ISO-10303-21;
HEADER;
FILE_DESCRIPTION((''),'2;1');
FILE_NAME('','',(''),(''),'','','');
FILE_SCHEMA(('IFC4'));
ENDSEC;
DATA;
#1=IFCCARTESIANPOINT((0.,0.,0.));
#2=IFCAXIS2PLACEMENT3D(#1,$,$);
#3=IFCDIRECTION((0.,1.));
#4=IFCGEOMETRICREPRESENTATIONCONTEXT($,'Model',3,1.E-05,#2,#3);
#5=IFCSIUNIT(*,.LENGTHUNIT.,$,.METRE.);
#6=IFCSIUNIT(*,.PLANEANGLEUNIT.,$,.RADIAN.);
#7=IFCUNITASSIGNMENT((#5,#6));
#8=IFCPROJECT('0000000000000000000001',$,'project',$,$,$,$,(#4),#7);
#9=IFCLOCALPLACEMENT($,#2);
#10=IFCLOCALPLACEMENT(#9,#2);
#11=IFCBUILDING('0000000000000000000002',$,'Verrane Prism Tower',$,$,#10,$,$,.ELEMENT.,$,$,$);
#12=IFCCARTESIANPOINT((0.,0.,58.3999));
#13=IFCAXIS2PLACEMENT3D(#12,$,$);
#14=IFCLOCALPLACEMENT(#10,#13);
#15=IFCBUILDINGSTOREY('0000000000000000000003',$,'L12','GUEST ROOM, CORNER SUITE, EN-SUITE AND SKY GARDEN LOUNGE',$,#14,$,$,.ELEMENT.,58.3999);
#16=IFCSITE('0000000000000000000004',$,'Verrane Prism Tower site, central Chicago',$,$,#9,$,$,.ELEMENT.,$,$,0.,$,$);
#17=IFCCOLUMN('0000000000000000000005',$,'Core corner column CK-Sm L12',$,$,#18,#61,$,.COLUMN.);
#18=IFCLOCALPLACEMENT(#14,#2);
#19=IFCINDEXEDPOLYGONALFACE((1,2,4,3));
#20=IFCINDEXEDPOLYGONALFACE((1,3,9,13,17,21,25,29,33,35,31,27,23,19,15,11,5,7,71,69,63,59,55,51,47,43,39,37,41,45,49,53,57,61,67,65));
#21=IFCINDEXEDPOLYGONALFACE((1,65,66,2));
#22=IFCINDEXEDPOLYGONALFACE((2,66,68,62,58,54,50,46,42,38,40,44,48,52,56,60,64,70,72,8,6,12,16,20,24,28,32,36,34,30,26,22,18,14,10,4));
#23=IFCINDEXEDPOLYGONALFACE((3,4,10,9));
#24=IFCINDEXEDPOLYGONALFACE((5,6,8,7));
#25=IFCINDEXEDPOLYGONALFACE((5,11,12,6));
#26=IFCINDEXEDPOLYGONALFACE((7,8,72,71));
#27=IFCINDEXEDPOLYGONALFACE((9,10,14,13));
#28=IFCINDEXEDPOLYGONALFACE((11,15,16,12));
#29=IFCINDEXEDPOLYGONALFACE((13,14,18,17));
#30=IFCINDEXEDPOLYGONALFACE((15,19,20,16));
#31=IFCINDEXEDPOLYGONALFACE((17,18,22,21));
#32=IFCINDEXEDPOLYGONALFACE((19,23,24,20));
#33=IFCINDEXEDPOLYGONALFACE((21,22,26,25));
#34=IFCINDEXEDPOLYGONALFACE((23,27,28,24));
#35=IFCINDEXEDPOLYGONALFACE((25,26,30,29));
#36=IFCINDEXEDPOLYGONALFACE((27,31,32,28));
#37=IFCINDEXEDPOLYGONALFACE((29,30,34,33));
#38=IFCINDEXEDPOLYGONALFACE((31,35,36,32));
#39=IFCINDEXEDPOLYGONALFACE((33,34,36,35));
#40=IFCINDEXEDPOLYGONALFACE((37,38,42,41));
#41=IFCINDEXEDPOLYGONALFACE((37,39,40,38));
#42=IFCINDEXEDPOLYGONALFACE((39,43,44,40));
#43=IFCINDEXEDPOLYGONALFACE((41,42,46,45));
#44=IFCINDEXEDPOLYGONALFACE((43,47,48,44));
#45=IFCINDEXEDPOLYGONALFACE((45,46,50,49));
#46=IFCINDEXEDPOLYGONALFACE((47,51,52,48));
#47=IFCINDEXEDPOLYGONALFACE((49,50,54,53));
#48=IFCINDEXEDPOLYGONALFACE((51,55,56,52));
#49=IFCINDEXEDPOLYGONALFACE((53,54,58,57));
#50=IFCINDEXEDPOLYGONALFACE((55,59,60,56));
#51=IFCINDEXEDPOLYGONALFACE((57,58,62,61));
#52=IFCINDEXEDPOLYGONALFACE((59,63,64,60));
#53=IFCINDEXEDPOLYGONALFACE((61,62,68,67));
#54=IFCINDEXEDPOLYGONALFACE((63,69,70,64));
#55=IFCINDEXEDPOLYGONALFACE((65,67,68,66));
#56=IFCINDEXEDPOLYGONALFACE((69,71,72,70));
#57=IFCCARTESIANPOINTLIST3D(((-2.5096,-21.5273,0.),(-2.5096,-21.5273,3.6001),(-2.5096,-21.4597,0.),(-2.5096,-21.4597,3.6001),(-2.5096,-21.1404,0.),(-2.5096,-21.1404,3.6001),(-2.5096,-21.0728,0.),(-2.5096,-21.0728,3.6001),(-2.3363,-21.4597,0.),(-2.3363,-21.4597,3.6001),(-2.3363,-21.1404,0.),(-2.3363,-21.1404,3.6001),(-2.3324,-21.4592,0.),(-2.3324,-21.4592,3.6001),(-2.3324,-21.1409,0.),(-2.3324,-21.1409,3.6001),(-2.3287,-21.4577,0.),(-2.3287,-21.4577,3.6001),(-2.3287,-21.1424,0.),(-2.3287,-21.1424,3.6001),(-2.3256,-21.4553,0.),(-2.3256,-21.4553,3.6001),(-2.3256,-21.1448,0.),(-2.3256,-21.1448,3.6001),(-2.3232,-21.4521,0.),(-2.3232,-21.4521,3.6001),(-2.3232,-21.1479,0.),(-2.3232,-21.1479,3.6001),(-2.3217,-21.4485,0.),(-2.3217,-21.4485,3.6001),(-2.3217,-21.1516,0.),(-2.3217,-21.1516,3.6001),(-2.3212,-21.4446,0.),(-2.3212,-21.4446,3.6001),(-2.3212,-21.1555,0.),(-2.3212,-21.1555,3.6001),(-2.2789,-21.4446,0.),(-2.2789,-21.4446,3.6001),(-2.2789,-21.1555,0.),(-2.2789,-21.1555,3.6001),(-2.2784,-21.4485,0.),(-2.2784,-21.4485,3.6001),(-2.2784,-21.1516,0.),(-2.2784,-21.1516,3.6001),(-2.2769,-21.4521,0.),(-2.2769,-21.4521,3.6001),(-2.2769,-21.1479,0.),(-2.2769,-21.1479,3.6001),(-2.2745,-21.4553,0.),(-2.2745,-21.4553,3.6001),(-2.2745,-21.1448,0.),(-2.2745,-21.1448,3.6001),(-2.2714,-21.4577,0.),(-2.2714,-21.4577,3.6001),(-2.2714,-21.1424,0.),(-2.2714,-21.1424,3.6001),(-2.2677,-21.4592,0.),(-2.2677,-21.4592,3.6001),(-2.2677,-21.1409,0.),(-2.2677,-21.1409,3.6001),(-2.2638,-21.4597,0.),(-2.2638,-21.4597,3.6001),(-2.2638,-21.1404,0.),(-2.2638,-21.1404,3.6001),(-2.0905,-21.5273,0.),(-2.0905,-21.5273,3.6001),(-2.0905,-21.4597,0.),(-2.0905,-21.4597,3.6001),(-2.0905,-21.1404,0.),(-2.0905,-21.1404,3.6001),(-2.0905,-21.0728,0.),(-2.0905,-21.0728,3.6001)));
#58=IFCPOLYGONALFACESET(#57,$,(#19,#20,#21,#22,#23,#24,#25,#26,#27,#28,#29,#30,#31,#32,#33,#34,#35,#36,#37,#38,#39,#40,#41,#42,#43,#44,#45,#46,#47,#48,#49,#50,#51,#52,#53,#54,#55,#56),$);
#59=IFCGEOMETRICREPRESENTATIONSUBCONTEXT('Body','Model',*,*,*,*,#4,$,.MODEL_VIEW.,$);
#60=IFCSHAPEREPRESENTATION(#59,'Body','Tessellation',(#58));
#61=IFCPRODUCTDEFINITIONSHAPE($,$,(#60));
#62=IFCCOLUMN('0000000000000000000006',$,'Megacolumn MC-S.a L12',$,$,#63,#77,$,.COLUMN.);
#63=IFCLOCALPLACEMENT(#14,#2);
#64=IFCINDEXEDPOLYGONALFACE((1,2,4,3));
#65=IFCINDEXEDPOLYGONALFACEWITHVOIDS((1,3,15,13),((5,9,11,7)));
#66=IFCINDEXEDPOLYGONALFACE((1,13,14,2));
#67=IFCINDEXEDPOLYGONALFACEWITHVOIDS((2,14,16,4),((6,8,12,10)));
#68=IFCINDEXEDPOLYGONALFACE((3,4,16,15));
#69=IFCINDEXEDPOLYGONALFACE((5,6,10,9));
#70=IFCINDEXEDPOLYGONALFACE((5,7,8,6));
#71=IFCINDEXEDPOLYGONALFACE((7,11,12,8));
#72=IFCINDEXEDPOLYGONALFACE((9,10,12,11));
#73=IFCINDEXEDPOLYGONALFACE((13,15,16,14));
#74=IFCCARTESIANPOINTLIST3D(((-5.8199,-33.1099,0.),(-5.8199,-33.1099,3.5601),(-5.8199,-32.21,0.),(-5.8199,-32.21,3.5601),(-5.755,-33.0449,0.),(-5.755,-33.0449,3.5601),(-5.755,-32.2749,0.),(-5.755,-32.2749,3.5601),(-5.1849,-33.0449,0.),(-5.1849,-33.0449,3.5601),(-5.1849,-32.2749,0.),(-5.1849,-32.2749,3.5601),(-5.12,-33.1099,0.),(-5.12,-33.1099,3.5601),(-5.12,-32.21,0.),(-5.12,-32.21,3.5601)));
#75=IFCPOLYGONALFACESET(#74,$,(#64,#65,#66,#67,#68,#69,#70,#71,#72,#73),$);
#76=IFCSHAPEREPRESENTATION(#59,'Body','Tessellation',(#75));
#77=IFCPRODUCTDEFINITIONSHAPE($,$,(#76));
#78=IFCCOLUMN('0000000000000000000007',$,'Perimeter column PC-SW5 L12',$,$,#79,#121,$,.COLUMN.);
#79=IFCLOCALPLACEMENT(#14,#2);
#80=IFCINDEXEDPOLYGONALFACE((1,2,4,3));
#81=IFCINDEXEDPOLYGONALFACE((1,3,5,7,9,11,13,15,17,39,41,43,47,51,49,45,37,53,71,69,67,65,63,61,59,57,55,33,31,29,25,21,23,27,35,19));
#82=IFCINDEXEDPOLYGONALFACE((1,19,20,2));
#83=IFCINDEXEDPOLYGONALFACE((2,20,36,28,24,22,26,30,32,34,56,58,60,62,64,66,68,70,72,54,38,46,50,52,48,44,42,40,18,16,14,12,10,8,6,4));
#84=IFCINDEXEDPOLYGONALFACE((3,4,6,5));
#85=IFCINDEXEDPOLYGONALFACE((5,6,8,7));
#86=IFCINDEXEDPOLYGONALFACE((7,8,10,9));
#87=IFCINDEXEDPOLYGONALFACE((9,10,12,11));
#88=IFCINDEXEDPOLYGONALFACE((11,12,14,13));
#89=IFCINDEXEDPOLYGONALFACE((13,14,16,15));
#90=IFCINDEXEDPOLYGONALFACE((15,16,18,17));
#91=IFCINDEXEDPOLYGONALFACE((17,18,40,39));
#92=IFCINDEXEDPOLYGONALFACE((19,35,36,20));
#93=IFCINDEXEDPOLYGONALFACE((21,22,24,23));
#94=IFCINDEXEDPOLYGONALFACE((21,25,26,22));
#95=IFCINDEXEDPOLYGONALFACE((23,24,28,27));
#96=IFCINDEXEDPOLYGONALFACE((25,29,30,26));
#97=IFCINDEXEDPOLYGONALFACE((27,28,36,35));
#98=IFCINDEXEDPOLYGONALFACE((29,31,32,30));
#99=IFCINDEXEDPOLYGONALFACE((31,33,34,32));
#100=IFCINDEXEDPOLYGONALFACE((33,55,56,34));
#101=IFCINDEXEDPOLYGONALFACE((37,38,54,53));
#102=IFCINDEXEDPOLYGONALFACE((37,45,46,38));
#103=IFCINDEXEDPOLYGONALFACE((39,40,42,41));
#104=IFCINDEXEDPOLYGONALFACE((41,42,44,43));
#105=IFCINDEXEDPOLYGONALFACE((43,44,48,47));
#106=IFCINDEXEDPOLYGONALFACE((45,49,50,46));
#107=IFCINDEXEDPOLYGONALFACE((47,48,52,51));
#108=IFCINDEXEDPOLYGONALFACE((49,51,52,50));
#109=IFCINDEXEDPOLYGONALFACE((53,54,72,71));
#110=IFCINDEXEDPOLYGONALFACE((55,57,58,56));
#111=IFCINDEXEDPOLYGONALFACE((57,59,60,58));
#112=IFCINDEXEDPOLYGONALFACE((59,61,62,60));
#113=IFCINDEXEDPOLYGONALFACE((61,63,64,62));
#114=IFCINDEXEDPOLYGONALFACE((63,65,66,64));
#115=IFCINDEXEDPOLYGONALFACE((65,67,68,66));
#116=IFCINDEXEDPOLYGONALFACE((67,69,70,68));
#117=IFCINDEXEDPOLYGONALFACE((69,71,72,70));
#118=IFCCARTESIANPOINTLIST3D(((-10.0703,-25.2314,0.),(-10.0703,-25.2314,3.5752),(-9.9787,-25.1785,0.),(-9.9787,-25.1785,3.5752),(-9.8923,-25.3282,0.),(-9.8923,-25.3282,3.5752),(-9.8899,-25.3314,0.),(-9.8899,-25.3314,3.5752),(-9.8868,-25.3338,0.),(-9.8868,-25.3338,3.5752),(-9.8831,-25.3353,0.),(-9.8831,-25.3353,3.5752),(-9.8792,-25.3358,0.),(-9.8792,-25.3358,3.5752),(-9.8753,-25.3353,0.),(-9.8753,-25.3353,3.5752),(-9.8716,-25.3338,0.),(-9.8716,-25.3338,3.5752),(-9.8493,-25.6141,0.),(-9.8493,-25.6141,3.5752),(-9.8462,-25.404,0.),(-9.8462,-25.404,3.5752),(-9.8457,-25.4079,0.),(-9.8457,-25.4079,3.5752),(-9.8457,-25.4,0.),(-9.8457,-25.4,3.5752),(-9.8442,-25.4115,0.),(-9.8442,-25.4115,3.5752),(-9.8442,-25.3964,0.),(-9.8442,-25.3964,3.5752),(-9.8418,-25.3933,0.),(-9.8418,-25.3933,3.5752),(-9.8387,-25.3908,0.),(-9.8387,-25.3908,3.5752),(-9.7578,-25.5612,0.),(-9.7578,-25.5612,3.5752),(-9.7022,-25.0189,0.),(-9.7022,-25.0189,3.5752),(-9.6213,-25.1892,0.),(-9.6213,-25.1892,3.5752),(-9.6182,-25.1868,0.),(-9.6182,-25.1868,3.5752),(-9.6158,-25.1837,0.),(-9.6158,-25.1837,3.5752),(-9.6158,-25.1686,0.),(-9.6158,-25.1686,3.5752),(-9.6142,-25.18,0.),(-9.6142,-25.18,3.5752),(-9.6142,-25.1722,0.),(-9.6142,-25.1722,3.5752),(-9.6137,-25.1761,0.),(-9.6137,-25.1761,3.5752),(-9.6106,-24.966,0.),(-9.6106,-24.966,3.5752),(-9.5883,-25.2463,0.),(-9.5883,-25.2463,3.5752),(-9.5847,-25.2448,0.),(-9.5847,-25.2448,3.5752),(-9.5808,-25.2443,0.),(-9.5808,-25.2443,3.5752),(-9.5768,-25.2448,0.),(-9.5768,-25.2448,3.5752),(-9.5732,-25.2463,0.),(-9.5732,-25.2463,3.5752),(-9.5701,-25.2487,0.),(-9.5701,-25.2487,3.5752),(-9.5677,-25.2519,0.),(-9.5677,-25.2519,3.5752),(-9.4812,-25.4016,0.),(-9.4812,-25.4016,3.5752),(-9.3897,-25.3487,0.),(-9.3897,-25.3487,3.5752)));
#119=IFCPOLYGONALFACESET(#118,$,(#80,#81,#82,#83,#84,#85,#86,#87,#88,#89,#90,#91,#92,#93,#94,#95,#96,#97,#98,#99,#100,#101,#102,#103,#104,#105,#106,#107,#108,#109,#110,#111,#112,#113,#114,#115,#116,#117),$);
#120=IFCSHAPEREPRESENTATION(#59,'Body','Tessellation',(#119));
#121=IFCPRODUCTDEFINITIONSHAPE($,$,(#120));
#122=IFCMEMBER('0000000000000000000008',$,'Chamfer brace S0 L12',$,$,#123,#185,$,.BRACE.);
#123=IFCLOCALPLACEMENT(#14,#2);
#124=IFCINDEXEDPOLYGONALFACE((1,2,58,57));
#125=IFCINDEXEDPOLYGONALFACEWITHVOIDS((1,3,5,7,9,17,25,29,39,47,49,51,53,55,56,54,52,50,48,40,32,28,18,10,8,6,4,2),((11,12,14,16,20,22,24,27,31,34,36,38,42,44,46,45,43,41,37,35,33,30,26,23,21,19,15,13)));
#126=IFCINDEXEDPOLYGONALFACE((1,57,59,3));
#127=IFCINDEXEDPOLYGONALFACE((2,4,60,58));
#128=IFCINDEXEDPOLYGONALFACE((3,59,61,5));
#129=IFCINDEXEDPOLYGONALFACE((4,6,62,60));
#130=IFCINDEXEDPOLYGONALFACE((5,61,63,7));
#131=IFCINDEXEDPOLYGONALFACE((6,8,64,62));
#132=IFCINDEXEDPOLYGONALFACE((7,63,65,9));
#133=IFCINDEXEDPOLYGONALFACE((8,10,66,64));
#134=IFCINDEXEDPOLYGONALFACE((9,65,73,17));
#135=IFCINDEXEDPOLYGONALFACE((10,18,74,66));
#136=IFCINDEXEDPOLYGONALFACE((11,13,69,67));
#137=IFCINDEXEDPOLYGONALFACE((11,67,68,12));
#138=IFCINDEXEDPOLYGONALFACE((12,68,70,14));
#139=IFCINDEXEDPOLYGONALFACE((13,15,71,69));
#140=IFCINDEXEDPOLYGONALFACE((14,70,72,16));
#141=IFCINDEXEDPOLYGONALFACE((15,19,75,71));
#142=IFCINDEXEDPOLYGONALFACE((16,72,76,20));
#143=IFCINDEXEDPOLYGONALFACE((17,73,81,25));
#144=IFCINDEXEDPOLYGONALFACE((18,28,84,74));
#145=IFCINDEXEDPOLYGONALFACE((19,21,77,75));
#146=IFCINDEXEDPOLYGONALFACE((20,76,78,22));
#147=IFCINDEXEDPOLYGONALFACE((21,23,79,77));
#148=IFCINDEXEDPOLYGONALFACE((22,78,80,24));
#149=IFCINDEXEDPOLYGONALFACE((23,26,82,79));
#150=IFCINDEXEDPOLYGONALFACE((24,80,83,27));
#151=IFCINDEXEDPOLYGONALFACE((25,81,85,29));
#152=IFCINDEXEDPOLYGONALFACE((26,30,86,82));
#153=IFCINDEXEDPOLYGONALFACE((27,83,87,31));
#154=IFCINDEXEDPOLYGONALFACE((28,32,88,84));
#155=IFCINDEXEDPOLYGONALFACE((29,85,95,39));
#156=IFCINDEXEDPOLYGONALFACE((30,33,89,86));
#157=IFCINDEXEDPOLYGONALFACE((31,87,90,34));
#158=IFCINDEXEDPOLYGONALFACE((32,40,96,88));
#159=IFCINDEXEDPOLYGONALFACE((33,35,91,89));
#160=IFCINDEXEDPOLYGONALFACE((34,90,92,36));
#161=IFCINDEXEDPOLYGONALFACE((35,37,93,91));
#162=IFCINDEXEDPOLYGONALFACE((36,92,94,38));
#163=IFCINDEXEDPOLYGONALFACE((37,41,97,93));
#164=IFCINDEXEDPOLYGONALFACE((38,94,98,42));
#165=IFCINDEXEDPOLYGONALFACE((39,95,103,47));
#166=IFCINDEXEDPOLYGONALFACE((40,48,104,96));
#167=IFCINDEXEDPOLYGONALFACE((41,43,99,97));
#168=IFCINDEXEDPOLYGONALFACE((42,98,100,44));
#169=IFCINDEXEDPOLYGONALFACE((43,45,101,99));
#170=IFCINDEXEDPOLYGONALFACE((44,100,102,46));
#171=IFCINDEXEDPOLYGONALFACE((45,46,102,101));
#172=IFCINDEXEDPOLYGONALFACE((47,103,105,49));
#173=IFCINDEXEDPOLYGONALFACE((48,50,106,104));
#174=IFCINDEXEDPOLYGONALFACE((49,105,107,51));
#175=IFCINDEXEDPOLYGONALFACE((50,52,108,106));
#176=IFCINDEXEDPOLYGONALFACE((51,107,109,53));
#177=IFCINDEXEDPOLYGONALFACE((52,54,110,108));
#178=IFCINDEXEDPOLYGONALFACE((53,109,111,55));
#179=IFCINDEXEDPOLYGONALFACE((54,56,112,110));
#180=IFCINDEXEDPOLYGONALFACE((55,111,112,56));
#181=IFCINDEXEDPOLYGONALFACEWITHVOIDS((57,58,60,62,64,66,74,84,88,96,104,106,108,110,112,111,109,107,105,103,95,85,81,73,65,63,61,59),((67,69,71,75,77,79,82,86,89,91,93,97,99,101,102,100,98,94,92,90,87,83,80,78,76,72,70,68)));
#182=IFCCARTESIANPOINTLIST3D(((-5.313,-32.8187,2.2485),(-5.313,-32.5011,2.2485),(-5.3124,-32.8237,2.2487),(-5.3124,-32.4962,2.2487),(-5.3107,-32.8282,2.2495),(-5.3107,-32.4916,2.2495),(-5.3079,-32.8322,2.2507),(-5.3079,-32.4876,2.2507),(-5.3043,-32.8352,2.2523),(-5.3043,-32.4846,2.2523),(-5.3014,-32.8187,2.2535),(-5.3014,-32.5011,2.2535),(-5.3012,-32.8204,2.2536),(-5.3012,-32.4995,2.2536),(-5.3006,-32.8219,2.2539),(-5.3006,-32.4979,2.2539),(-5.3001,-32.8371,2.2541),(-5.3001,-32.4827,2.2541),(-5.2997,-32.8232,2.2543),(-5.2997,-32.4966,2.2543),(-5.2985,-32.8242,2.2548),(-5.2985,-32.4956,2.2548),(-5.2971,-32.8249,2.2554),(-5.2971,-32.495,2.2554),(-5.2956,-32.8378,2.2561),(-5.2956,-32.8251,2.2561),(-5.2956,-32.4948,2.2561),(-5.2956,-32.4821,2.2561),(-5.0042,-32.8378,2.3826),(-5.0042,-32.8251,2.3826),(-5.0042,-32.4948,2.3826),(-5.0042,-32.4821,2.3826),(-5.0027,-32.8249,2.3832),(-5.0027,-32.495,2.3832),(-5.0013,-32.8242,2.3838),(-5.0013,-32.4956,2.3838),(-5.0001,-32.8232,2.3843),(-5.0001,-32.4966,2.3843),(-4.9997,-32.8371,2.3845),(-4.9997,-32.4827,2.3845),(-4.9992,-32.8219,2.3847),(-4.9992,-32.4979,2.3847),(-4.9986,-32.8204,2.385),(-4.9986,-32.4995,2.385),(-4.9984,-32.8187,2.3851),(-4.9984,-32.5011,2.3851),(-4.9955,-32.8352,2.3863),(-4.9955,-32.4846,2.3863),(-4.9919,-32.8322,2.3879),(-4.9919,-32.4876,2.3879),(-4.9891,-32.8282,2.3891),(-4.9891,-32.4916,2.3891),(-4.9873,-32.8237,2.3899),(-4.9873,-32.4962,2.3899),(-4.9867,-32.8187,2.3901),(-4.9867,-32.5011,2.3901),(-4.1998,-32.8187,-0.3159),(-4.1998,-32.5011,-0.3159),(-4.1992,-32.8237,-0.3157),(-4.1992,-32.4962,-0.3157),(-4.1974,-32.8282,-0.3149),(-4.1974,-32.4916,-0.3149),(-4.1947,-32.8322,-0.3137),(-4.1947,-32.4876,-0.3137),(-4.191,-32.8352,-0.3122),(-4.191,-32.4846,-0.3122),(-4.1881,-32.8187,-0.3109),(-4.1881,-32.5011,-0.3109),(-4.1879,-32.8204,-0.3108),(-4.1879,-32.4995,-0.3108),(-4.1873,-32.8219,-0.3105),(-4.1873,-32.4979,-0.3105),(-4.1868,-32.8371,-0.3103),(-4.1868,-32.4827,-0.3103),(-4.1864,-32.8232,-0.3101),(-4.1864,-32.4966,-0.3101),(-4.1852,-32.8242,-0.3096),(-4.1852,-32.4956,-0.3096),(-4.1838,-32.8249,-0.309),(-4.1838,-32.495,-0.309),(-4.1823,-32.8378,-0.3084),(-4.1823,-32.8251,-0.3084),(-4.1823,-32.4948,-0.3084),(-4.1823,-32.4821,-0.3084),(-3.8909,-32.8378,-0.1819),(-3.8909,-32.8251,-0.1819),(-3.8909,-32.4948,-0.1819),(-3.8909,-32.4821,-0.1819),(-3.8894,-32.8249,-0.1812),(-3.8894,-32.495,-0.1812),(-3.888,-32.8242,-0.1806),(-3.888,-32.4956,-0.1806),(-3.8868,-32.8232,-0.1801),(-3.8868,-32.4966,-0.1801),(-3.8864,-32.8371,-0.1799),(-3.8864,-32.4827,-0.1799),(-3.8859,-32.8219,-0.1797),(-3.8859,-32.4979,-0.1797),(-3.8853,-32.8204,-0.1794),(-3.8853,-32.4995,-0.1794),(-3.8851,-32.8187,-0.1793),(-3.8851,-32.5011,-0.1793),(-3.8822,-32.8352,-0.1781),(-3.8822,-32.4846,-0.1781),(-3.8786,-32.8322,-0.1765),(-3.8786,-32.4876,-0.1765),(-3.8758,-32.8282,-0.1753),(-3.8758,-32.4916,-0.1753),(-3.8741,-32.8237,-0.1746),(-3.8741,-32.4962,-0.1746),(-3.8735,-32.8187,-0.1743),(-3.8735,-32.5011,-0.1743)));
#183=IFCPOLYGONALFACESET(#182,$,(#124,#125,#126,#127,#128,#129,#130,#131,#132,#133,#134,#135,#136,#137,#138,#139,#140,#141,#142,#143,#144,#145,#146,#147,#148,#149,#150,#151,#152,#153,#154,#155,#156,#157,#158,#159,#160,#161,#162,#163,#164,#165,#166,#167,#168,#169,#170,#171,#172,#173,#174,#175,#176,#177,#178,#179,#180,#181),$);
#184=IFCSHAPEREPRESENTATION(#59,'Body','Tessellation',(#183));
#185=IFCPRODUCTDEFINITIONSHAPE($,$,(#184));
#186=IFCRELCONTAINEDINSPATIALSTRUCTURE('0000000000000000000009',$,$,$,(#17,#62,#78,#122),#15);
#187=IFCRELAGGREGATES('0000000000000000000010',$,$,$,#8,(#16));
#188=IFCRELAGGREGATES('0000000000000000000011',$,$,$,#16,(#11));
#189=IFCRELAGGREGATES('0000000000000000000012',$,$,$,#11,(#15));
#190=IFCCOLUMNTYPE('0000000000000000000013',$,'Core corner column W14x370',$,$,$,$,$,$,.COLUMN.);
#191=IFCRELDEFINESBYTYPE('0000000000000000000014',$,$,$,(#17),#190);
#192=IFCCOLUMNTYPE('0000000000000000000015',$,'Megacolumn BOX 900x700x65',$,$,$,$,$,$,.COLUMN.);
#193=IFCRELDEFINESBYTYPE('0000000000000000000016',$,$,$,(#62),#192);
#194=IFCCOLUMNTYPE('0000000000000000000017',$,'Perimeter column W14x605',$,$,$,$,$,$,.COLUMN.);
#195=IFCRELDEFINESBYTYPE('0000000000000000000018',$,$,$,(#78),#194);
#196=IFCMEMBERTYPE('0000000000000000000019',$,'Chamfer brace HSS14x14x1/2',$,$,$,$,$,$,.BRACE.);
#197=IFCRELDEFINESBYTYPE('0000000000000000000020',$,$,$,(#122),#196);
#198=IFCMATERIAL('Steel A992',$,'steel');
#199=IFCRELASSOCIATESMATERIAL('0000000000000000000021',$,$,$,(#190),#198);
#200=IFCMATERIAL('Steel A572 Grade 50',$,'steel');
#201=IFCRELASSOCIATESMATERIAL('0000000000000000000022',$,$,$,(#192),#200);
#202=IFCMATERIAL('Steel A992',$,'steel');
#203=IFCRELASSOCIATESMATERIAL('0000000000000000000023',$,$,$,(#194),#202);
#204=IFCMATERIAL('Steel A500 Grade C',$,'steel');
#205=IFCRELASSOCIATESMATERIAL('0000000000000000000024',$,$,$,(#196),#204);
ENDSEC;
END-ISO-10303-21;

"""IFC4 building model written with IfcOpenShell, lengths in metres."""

from ifc_helpers import new_model, si_unit, direction, frame, origin, origin_2d, place, context, subcontext, project, spatial, hollow_rectangle, i_section, extrude, material, material_profile, profile_set, type_object, element, save


model = new_model("IFC4")

# Units and contexts
model_context = context("Model", 3, precision=1e-05, world=origin(), true_north=direction((0.0, 1.0)))
body_context = subcontext(model_context, "Body", "Model", "MODEL_VIEW")
ifc_project = project(units=[si_unit("LENGTHUNIT", "METRE"), si_unit("PLANEANGLEUNIT", "RADIAN")], contexts=[model_context])

# Site, building, storey
site_placement = place(None, origin())
site = spatial("IfcSite", under=ifc_project, at=site_placement, Name="Verrane Prism Tower site, central Chicago", CompositionType="ELEMENT", RefElevation=0.0)
building_placement = place(site_placement, origin())
building = spatial("IfcBuilding", under=site, at=building_placement, Name="Verrane Prism Tower", CompositionType="ELEMENT")
storey_placement = place(building_placement, frame((0.0, 0.0, 58.3999)))
storey = spatial("IfcBuildingStorey", under=building, at=storey_placement, Name="L12", Description="GUEST ROOM, CORNER SUITE, EN-SUITE AND SKY GARDEN LOUNGE", CompositionType="ELEMENT", Elevation=58.3999)

# Columns
ifc_material_1 = material(Name="Steel A992", Category="steel")
ifc_material_profile_1 = material_profile(ifc_material_1, i_section(OverallWidth=0.4192, OverallDepth=0.4546, WebThickness=0.0422, FlangeThickness=0.0676, FilletRadius=0.0151, at=origin_2d()), Name="W14x370")
ifc_profile_set_1 = profile_set([ifc_material_profile_1], Name="Steel A992")
column_type_1 = type_object("IfcColumnType", Name="Core corner column W14x370", PredefinedType="COLUMN", material=ifc_profile_set_1)
column_1_placement = place(storey_placement, frame((-2.3, -21.3, 0.0), z_axis=(0.0, 0.0, 1.0), x_axis=(-1.0, 0.0, 0.0)))
element("IfcColumn", 1, at=column_1_placement, inside=storey, type_object=column_type_1, Name="Core corner column CK-Sm L12", PredefinedType="COLUMN", context=body_context, shape_type="SweptSolid", body=[
    extrude(i_section(OverallWidth=0.4192, OverallDepth=0.4546, WebThickness=0.0422, FlangeThickness=0.0676, FilletRadius=0.0151, at=origin_2d()), origin(), (0.0, 0.0, 1.0), 3.6001),
])
ifc_material_2 = material(Name="Steel A572 Grade 50", Category="steel")
ifc_material_profile_2 = material_profile(ifc_material_2, hollow_rectangle(XDim=0.7, YDim=0.8999, WallThickness=0.0649, at=origin_2d()), Name="BOX 900x700x65")
ifc_profile_set_2 = profile_set([ifc_material_profile_2], Name="Steel A572 Grade 50")
column_type_2 = type_object("IfcColumnType", Name="Megacolumn BOX 900x700x65", PredefinedType="COLUMN", material=ifc_profile_set_2)
column_2_placement = place(storey_placement, frame((-5.47, -32.6599, 0.0), z_axis=(0.0, 0.0, 1.0), x_axis=(-1.0, 0.0, 0.0)))
element("IfcColumn", 2, at=column_2_placement, inside=storey, type_object=column_type_2, Name="Megacolumn MC-S.a L12", PredefinedType="COLUMN", context=body_context, shape_type="SweptSolid", body=[
    extrude(hollow_rectangle(XDim=0.7, YDim=0.8999, WallThickness=0.0649, at=origin_2d()), origin(), (0.0, 0.0, 1.0), 3.5601),
])
ifc_material_3 = material(Name="Steel A992", Category="steel")
ifc_material_profile_3 = material_profile(ifc_material_3, i_section(OverallWidth=0.4419, OverallDepth=0.5308, WebThickness=0.0659, FlangeThickness=0.1057, FilletRadius=0.0151, at=origin_2d()), Name="W14x605")
ifc_profile_set_3 = profile_set([ifc_material_profile_3], Name="Steel A992")
column_type_3 = type_object("IfcColumnType", Name="Perimeter column W14x605", PredefinedType="COLUMN", material=ifc_profile_set_3)
column_3_placement = place(storey_placement, frame((-9.73, -25.29, 0.0), z_axis=(0.0, 0.0, 1.0), x_axis=(-0.5, 0.866025, 0.0)))
element("IfcColumn", 3, at=column_3_placement, inside=storey, type_object=column_type_3, Name="Perimeter column PC-SW5 L12", PredefinedType="COLUMN", context=body_context, shape_type="SweptSolid", body=[
    extrude(i_section(OverallWidth=0.4419, OverallDepth=0.5308, WebThickness=0.0659, FlangeThickness=0.1057, FilletRadius=0.0151, at=origin_2d()), origin(), (0.0, 0.0, 1.0), 3.5752),
])

# Member
ifc_material_4 = material(Name="Steel A500 Grade C", Category="steel")
ifc_material_profile_4 = material_profile(ifc_material_4, hollow_rectangle(XDim=0.3557, YDim=0.3557, WallThickness=0.0127, InnerFilletRadius=0.0063, OuterFilletRadius=0.019, at=origin_2d()), Name="HSS14x14x1/2")
ifc_profile_set_4 = profile_set([ifc_material_profile_4], Name="Steel A500 Grade C")
member_type_1 = type_object("IfcMemberType", Name="Chamfer brace HSS14x14x1/2", PredefinedType="BRACE", material=ifc_profile_set_4)
member_1_placement = place(storey_placement, frame((-4.0366, -32.6599, -0.2451), z_axis=(-0.398215, 0.0, 0.917292), x_axis=(0.0, -1.0, 0.0)))
element("IfcMember", 4, at=member_1_placement, inside=storey, type_object=member_type_1, Name="Chamfer brace S0 L12", PredefinedType="BRACE", context=body_context, shape_type="SweptSolid", body=[
    extrude(hollow_rectangle(XDim=0.3557, YDim=0.3557, WallThickness=0.0127, InnerFilletRadius=0.0063, OuterFilletRadius=0.019, at=origin_2d()), origin(), (0.0, 0.0, 1.0), 2.7957),
])

save(model, "model.ifc")
